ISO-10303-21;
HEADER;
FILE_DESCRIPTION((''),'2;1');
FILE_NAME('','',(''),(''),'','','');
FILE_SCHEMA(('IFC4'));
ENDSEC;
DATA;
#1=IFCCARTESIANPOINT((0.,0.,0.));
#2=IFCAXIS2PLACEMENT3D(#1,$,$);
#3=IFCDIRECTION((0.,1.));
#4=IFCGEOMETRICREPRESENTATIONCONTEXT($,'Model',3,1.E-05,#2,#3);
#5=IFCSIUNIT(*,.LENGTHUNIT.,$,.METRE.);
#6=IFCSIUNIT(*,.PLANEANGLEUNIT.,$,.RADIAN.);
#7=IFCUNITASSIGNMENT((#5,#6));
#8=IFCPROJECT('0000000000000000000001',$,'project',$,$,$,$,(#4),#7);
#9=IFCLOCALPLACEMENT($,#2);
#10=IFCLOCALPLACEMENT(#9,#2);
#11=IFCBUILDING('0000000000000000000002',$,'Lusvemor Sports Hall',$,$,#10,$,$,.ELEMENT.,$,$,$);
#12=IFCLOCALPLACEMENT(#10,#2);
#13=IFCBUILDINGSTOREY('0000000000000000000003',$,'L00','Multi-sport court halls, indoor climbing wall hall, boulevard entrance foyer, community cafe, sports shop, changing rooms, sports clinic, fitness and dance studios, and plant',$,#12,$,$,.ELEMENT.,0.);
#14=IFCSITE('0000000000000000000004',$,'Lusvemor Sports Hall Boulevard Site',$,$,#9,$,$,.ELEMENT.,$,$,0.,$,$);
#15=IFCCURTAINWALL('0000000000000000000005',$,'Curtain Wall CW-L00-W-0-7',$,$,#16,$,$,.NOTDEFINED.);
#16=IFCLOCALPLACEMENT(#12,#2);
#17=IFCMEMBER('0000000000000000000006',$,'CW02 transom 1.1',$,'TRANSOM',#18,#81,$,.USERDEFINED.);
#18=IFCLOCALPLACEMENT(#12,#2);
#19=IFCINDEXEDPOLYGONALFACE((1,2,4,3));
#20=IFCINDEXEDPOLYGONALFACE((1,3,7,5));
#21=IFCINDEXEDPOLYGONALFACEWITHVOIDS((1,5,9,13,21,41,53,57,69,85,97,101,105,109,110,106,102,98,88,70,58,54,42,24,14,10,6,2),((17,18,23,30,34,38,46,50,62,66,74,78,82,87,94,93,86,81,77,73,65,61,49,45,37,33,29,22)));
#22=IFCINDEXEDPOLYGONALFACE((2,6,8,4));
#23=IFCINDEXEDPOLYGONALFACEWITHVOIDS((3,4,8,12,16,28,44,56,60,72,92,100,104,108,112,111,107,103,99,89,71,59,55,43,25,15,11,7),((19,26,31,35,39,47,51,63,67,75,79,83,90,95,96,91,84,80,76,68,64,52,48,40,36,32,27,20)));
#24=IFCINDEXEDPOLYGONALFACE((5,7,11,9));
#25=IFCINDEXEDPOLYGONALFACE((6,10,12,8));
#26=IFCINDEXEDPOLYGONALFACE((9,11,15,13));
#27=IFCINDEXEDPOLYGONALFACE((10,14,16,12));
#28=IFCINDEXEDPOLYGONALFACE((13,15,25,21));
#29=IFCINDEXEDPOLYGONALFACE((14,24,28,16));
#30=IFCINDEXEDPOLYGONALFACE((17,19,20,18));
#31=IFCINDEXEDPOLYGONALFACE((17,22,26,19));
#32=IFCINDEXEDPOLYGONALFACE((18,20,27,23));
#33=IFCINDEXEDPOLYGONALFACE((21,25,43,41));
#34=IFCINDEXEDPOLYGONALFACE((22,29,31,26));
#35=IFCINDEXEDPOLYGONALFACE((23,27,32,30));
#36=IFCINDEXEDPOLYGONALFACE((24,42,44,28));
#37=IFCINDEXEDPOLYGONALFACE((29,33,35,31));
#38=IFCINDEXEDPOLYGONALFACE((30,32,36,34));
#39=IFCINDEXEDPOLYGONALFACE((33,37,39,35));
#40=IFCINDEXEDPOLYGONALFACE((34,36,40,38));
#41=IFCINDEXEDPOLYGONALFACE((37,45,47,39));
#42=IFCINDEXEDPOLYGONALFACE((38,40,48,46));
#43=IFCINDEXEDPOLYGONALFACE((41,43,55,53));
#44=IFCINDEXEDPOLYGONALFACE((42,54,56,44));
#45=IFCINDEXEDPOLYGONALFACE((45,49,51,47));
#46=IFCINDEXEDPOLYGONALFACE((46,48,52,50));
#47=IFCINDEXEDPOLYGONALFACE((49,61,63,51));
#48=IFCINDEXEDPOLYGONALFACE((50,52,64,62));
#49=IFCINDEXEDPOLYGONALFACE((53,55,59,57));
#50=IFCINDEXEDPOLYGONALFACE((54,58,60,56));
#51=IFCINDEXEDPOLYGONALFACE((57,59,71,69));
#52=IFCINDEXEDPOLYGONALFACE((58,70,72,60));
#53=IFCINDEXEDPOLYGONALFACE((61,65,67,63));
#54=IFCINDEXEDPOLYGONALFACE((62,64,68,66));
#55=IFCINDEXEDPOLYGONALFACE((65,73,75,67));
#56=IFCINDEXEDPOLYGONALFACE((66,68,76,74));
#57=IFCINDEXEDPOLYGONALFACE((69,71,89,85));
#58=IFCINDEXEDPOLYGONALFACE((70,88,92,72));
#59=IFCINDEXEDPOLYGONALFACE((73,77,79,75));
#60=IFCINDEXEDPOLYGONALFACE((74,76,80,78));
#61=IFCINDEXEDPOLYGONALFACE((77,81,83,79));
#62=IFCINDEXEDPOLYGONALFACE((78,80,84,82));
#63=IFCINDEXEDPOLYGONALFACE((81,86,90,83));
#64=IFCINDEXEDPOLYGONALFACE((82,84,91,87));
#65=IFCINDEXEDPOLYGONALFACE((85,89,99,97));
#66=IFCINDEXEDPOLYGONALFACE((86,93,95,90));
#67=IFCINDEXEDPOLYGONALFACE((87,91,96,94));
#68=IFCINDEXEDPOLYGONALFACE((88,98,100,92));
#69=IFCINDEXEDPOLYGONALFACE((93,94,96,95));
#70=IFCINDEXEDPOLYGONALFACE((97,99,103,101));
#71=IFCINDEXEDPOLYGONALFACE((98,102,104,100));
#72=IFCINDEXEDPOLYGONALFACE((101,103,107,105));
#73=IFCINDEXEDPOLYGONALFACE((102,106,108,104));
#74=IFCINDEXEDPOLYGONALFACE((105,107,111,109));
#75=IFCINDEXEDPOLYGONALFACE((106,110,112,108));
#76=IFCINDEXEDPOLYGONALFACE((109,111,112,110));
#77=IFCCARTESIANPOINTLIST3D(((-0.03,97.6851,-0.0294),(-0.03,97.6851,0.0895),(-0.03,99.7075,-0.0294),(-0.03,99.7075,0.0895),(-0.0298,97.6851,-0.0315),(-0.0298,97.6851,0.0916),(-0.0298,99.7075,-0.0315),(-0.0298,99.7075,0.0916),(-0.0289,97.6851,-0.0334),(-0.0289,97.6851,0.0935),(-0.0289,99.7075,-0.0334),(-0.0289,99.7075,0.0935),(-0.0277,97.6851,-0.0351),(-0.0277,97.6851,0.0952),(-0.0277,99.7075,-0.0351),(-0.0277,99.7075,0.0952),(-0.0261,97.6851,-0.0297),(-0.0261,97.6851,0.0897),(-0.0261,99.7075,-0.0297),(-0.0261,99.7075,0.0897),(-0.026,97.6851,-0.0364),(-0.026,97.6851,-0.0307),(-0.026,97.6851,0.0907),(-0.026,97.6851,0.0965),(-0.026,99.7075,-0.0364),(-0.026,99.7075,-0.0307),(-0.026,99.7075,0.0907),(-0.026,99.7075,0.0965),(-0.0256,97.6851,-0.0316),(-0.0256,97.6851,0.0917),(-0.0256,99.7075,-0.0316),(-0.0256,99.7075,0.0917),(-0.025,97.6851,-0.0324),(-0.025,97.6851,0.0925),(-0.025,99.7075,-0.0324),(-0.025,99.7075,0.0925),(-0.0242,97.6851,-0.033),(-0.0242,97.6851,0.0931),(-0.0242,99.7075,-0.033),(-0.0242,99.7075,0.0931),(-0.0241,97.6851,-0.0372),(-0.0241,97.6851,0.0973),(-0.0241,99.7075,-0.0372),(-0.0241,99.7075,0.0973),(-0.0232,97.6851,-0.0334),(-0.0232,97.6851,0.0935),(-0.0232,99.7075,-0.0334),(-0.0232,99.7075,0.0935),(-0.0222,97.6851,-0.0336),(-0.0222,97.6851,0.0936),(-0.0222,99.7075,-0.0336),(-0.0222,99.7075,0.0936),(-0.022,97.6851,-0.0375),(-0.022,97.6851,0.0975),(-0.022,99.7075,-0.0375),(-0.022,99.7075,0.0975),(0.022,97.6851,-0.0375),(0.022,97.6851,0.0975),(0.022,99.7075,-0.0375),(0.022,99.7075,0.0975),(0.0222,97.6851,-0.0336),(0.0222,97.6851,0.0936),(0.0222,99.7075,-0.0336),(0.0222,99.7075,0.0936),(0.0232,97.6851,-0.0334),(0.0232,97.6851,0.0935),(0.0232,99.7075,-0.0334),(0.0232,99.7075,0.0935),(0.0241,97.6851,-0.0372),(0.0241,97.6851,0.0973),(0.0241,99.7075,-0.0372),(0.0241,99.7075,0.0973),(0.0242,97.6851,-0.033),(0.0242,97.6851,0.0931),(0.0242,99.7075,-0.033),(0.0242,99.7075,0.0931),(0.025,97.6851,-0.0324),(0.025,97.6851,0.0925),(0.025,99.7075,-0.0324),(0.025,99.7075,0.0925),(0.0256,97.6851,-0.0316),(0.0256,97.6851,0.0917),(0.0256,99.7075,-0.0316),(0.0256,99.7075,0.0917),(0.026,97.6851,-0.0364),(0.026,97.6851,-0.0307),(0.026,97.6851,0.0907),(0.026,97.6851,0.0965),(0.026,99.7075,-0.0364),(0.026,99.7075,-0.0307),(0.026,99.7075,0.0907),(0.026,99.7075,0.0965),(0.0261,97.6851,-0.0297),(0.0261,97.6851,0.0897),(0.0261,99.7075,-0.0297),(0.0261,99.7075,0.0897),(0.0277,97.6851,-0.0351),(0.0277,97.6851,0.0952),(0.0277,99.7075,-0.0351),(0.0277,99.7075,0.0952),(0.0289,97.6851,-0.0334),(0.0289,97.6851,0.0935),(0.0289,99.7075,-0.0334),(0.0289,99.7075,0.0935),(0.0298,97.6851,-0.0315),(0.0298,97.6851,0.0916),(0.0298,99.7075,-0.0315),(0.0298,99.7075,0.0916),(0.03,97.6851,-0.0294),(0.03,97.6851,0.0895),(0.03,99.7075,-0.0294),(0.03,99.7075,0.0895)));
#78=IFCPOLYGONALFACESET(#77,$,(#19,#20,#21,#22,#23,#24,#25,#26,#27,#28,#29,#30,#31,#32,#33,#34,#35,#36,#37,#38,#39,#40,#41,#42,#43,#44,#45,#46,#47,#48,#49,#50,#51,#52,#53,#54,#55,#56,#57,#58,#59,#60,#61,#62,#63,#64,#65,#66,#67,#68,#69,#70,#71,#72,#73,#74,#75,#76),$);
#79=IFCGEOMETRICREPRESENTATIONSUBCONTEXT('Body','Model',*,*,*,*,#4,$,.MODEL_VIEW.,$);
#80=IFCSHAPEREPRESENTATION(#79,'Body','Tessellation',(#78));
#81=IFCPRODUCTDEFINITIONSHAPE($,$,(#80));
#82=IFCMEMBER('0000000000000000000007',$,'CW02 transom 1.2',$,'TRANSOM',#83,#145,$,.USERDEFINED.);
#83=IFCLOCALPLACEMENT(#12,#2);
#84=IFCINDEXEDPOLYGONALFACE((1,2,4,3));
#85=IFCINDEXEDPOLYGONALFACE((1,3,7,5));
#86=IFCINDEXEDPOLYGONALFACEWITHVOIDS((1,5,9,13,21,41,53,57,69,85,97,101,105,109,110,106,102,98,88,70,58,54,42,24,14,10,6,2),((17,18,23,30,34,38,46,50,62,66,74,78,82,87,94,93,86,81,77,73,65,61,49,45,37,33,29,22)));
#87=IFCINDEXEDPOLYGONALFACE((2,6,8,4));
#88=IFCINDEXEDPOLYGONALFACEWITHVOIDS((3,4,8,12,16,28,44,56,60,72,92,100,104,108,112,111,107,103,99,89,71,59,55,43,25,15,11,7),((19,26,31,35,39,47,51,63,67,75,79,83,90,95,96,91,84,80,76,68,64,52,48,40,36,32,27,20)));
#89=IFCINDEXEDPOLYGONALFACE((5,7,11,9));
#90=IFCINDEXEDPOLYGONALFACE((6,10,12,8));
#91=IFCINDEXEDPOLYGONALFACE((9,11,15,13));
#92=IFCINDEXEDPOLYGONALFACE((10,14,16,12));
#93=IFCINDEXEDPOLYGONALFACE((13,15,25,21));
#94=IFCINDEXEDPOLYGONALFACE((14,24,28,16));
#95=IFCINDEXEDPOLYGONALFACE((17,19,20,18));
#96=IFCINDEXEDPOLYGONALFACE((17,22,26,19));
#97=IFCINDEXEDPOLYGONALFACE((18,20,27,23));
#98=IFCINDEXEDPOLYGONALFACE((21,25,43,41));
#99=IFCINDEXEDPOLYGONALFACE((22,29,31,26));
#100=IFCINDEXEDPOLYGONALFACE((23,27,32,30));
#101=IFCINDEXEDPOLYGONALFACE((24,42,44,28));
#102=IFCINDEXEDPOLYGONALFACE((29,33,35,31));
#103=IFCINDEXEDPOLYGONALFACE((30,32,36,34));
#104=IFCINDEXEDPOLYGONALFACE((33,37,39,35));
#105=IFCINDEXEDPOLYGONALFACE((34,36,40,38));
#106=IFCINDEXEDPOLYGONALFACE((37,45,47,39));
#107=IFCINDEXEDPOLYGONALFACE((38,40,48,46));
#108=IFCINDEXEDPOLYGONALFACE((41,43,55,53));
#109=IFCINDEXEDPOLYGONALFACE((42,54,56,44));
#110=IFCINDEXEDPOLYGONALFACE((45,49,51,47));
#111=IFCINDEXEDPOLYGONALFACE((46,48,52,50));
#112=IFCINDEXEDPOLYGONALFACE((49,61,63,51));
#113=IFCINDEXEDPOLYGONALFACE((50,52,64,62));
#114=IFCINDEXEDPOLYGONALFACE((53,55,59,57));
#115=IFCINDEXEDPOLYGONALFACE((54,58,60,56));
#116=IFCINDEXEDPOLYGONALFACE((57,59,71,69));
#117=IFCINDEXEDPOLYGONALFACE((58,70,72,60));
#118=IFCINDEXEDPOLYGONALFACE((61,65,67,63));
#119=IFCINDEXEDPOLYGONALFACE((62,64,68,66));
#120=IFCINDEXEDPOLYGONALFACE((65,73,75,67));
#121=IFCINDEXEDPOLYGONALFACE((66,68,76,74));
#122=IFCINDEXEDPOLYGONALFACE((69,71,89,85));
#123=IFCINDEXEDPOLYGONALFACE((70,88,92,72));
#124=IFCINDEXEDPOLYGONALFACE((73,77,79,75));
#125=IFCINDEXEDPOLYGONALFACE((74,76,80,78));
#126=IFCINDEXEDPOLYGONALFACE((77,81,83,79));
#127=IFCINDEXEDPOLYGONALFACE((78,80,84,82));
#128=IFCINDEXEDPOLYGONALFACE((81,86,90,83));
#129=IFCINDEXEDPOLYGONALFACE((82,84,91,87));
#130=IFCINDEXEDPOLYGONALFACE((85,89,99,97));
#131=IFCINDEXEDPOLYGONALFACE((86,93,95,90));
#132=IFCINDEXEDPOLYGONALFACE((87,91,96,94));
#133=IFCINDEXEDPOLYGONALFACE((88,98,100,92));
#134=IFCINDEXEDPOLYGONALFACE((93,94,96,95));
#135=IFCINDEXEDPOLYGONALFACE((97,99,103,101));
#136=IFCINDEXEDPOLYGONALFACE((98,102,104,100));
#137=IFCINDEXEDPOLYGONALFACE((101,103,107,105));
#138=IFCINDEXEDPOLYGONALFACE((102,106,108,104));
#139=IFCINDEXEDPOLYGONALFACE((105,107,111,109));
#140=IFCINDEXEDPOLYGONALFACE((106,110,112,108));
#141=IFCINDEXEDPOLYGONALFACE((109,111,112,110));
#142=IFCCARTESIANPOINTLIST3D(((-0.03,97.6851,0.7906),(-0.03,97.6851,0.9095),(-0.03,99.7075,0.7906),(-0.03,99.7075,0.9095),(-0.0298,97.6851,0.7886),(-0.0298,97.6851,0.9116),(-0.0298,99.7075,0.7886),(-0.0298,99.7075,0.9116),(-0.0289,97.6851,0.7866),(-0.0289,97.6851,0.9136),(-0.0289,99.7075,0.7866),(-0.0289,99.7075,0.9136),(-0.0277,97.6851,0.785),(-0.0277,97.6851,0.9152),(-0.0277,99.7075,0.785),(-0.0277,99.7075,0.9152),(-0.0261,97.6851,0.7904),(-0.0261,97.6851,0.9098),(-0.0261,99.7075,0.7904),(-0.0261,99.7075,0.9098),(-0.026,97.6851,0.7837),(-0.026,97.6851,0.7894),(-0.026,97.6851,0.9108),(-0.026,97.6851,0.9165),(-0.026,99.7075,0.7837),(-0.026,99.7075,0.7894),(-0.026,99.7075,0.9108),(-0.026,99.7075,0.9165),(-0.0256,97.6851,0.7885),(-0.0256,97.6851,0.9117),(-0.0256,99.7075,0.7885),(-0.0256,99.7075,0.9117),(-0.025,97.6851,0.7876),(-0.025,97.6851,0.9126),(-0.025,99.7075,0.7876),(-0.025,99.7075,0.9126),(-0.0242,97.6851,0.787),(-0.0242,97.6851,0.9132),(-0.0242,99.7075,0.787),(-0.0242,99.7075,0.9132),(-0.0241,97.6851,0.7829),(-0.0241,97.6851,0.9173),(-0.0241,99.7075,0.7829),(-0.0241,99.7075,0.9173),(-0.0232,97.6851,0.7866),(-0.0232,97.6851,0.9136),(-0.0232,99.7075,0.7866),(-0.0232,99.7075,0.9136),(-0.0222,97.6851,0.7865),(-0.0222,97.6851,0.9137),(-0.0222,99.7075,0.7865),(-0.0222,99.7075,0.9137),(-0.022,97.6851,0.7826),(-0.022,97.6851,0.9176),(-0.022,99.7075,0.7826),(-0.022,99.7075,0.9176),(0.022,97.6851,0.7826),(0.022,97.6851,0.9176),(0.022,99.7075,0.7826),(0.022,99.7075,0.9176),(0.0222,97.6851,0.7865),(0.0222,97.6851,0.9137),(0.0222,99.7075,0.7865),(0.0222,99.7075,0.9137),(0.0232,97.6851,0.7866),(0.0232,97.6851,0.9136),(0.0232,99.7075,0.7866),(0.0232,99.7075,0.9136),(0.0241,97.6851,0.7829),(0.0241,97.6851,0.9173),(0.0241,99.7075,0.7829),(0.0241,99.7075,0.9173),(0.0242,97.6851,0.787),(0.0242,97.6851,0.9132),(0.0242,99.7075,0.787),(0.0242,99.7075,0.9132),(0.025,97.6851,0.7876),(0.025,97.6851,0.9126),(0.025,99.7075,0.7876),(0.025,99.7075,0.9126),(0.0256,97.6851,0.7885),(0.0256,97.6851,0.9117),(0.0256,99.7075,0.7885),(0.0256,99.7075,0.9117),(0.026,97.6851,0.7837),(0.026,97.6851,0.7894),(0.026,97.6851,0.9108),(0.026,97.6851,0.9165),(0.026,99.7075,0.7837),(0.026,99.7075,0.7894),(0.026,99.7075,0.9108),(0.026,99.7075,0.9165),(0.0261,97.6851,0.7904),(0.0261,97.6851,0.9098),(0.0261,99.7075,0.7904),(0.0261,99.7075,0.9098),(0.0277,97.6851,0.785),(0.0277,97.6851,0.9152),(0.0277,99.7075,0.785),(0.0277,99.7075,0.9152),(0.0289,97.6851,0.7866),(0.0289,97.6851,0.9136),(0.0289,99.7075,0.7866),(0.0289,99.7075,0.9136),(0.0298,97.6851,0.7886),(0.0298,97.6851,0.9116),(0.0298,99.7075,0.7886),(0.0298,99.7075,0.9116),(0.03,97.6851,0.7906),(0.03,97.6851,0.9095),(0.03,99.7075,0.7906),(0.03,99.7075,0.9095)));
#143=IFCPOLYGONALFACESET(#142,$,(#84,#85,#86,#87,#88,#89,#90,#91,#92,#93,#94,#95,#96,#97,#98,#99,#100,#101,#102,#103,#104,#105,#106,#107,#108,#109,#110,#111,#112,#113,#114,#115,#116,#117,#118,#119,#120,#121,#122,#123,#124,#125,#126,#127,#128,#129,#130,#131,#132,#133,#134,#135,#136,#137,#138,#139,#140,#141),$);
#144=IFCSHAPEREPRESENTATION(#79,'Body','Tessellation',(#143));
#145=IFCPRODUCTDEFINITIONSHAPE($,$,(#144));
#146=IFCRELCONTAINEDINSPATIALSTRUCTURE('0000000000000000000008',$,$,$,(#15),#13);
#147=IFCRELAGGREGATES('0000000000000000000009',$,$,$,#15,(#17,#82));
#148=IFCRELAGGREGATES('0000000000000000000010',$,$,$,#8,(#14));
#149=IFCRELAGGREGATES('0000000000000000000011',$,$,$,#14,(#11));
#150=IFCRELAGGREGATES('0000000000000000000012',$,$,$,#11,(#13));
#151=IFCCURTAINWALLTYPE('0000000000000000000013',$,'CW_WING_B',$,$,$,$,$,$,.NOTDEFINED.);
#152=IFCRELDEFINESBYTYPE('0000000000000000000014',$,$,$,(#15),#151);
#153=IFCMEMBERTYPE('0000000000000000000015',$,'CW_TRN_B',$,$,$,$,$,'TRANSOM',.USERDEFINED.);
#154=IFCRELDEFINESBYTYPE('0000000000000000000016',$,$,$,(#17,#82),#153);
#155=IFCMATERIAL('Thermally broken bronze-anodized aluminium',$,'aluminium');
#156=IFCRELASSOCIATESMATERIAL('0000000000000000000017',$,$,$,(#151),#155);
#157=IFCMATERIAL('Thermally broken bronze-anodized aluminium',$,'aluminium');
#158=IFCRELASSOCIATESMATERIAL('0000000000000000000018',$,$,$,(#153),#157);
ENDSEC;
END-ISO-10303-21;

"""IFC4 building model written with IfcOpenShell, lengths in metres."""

from ifc_helpers import new_model, si_unit, direction, frame, origin, origin_2d, place, context, subcontext, project, spatial, hollow_rectangle, extrude, material, material_profile, profile_set, type_object, element, aggregate, save


model = new_model("IFC4")

# Units and contexts
model_context = context("Model", 3, precision=1e-05, world=origin(), true_north=direction((0.0, 1.0)))
body_context = subcontext(model_context, "Body", "Model", "MODEL_VIEW")
ifc_project = project(units=[si_unit("LENGTHUNIT", "METRE"), si_unit("PLANEANGLEUNIT", "RADIAN")], contexts=[model_context])

# Site, building, storey
site_placement = place(None, origin())
site = spatial("IfcSite", under=ifc_project, at=site_placement, Name="Lusvemor Sports Hall Boulevard Site", CompositionType="ELEMENT", RefElevation=0.0)
building_placement = place(site_placement, origin())
building = spatial("IfcBuilding", under=site, at=building_placement, Name="Lusvemor Sports Hall", CompositionType="ELEMENT")
storey_placement = place(building_placement, origin())
storey = spatial("IfcBuildingStorey", under=building, at=storey_placement, Name="L00", Description="Multi-sport court halls, indoor climbing wall hall, boulevard entrance foyer, community cafe, sports shop, changing rooms, sports clinic, fitness and dance studios, and plant", CompositionType="ELEMENT", Elevation=0.0)

# Curtain wall, members
ifc_material_1 = material(Name="Thermally broken bronze-anodized aluminium", Category="aluminium")
curtain_wall_type = type_object("IfcCurtainWallType", Name="CW_WING_B", PredefinedType="NOTDEFINED", material=ifc_material_1)
curtain_wall_placement = place(storey_placement, origin())
curtain_wall = element("IfcCurtainWall", 1, at=curtain_wall_placement, inside=storey, type_object=curtain_wall_type, Name="Curtain Wall CW-L00-W-0-7", PredefinedType="NOTDEFINED")
ifc_material_2 = material(Name="Thermally broken bronze-anodized aluminium", Category="aluminium")
ifc_material_profile_1 = material_profile(ifc_material_2, hollow_rectangle(XDim=0.0601, YDim=0.135, WallThickness=0.0039, InnerFilletRadius=0.0039, OuterFilletRadius=0.0081, at=origin_2d()), Name="CWTRN135x60x4")
ifc_profile_set_1 = profile_set([ifc_material_profile_1], Name="Thermally broken bronze-anodized aluminium")
member_type_1 = type_object("IfcMemberType", Name="CW_TRN_B", ElementType="TRANSOM", PredefinedType="USERDEFINED", material=ifc_profile_set_1)
member_1_placement = place(storey_placement, frame((0.0, 97.6851, 0.03), z_axis=(0.0, 1.0, 0.0), x_axis=(-1.0, 0.0, 0.0)))
member_1 = element("IfcMember", 2, at=member_1_placement, type_object=member_type_1, Name="CW02 transom 1.1", ObjectType="TRANSOM", PredefinedType="USERDEFINED", context=body_context, shape_type="SweptSolid", body=[
    extrude(hollow_rectangle(XDim=0.0601, YDim=0.135, WallThickness=0.0039, InnerFilletRadius=0.0039, OuterFilletRadius=0.0081, at=origin_2d()), origin(), (0.0, 0.0, 1.0), 2.0225),
])
member_2_placement = place(storey_placement, frame((0.0, 97.6851, 0.8501), z_axis=(0.0, 1.0, 0.0), x_axis=(-1.0, 0.0, 0.0)))
member_2 = element("IfcMember", 3, at=member_2_placement, type_object=member_type_1, Name="CW02 transom 1.2", ObjectType="TRANSOM", PredefinedType="USERDEFINED", context=body_context, shape_type="SweptSolid", body=[
    extrude(hollow_rectangle(XDim=0.0601, YDim=0.135, WallThickness=0.0039, InnerFilletRadius=0.0039, OuterFilletRadius=0.0081, at=origin_2d()), origin(), (0.0, 0.0, 1.0), 2.0225),
])
aggregate(curtain_wall, [member_1, member_2])

save(model, "model.ifc")
